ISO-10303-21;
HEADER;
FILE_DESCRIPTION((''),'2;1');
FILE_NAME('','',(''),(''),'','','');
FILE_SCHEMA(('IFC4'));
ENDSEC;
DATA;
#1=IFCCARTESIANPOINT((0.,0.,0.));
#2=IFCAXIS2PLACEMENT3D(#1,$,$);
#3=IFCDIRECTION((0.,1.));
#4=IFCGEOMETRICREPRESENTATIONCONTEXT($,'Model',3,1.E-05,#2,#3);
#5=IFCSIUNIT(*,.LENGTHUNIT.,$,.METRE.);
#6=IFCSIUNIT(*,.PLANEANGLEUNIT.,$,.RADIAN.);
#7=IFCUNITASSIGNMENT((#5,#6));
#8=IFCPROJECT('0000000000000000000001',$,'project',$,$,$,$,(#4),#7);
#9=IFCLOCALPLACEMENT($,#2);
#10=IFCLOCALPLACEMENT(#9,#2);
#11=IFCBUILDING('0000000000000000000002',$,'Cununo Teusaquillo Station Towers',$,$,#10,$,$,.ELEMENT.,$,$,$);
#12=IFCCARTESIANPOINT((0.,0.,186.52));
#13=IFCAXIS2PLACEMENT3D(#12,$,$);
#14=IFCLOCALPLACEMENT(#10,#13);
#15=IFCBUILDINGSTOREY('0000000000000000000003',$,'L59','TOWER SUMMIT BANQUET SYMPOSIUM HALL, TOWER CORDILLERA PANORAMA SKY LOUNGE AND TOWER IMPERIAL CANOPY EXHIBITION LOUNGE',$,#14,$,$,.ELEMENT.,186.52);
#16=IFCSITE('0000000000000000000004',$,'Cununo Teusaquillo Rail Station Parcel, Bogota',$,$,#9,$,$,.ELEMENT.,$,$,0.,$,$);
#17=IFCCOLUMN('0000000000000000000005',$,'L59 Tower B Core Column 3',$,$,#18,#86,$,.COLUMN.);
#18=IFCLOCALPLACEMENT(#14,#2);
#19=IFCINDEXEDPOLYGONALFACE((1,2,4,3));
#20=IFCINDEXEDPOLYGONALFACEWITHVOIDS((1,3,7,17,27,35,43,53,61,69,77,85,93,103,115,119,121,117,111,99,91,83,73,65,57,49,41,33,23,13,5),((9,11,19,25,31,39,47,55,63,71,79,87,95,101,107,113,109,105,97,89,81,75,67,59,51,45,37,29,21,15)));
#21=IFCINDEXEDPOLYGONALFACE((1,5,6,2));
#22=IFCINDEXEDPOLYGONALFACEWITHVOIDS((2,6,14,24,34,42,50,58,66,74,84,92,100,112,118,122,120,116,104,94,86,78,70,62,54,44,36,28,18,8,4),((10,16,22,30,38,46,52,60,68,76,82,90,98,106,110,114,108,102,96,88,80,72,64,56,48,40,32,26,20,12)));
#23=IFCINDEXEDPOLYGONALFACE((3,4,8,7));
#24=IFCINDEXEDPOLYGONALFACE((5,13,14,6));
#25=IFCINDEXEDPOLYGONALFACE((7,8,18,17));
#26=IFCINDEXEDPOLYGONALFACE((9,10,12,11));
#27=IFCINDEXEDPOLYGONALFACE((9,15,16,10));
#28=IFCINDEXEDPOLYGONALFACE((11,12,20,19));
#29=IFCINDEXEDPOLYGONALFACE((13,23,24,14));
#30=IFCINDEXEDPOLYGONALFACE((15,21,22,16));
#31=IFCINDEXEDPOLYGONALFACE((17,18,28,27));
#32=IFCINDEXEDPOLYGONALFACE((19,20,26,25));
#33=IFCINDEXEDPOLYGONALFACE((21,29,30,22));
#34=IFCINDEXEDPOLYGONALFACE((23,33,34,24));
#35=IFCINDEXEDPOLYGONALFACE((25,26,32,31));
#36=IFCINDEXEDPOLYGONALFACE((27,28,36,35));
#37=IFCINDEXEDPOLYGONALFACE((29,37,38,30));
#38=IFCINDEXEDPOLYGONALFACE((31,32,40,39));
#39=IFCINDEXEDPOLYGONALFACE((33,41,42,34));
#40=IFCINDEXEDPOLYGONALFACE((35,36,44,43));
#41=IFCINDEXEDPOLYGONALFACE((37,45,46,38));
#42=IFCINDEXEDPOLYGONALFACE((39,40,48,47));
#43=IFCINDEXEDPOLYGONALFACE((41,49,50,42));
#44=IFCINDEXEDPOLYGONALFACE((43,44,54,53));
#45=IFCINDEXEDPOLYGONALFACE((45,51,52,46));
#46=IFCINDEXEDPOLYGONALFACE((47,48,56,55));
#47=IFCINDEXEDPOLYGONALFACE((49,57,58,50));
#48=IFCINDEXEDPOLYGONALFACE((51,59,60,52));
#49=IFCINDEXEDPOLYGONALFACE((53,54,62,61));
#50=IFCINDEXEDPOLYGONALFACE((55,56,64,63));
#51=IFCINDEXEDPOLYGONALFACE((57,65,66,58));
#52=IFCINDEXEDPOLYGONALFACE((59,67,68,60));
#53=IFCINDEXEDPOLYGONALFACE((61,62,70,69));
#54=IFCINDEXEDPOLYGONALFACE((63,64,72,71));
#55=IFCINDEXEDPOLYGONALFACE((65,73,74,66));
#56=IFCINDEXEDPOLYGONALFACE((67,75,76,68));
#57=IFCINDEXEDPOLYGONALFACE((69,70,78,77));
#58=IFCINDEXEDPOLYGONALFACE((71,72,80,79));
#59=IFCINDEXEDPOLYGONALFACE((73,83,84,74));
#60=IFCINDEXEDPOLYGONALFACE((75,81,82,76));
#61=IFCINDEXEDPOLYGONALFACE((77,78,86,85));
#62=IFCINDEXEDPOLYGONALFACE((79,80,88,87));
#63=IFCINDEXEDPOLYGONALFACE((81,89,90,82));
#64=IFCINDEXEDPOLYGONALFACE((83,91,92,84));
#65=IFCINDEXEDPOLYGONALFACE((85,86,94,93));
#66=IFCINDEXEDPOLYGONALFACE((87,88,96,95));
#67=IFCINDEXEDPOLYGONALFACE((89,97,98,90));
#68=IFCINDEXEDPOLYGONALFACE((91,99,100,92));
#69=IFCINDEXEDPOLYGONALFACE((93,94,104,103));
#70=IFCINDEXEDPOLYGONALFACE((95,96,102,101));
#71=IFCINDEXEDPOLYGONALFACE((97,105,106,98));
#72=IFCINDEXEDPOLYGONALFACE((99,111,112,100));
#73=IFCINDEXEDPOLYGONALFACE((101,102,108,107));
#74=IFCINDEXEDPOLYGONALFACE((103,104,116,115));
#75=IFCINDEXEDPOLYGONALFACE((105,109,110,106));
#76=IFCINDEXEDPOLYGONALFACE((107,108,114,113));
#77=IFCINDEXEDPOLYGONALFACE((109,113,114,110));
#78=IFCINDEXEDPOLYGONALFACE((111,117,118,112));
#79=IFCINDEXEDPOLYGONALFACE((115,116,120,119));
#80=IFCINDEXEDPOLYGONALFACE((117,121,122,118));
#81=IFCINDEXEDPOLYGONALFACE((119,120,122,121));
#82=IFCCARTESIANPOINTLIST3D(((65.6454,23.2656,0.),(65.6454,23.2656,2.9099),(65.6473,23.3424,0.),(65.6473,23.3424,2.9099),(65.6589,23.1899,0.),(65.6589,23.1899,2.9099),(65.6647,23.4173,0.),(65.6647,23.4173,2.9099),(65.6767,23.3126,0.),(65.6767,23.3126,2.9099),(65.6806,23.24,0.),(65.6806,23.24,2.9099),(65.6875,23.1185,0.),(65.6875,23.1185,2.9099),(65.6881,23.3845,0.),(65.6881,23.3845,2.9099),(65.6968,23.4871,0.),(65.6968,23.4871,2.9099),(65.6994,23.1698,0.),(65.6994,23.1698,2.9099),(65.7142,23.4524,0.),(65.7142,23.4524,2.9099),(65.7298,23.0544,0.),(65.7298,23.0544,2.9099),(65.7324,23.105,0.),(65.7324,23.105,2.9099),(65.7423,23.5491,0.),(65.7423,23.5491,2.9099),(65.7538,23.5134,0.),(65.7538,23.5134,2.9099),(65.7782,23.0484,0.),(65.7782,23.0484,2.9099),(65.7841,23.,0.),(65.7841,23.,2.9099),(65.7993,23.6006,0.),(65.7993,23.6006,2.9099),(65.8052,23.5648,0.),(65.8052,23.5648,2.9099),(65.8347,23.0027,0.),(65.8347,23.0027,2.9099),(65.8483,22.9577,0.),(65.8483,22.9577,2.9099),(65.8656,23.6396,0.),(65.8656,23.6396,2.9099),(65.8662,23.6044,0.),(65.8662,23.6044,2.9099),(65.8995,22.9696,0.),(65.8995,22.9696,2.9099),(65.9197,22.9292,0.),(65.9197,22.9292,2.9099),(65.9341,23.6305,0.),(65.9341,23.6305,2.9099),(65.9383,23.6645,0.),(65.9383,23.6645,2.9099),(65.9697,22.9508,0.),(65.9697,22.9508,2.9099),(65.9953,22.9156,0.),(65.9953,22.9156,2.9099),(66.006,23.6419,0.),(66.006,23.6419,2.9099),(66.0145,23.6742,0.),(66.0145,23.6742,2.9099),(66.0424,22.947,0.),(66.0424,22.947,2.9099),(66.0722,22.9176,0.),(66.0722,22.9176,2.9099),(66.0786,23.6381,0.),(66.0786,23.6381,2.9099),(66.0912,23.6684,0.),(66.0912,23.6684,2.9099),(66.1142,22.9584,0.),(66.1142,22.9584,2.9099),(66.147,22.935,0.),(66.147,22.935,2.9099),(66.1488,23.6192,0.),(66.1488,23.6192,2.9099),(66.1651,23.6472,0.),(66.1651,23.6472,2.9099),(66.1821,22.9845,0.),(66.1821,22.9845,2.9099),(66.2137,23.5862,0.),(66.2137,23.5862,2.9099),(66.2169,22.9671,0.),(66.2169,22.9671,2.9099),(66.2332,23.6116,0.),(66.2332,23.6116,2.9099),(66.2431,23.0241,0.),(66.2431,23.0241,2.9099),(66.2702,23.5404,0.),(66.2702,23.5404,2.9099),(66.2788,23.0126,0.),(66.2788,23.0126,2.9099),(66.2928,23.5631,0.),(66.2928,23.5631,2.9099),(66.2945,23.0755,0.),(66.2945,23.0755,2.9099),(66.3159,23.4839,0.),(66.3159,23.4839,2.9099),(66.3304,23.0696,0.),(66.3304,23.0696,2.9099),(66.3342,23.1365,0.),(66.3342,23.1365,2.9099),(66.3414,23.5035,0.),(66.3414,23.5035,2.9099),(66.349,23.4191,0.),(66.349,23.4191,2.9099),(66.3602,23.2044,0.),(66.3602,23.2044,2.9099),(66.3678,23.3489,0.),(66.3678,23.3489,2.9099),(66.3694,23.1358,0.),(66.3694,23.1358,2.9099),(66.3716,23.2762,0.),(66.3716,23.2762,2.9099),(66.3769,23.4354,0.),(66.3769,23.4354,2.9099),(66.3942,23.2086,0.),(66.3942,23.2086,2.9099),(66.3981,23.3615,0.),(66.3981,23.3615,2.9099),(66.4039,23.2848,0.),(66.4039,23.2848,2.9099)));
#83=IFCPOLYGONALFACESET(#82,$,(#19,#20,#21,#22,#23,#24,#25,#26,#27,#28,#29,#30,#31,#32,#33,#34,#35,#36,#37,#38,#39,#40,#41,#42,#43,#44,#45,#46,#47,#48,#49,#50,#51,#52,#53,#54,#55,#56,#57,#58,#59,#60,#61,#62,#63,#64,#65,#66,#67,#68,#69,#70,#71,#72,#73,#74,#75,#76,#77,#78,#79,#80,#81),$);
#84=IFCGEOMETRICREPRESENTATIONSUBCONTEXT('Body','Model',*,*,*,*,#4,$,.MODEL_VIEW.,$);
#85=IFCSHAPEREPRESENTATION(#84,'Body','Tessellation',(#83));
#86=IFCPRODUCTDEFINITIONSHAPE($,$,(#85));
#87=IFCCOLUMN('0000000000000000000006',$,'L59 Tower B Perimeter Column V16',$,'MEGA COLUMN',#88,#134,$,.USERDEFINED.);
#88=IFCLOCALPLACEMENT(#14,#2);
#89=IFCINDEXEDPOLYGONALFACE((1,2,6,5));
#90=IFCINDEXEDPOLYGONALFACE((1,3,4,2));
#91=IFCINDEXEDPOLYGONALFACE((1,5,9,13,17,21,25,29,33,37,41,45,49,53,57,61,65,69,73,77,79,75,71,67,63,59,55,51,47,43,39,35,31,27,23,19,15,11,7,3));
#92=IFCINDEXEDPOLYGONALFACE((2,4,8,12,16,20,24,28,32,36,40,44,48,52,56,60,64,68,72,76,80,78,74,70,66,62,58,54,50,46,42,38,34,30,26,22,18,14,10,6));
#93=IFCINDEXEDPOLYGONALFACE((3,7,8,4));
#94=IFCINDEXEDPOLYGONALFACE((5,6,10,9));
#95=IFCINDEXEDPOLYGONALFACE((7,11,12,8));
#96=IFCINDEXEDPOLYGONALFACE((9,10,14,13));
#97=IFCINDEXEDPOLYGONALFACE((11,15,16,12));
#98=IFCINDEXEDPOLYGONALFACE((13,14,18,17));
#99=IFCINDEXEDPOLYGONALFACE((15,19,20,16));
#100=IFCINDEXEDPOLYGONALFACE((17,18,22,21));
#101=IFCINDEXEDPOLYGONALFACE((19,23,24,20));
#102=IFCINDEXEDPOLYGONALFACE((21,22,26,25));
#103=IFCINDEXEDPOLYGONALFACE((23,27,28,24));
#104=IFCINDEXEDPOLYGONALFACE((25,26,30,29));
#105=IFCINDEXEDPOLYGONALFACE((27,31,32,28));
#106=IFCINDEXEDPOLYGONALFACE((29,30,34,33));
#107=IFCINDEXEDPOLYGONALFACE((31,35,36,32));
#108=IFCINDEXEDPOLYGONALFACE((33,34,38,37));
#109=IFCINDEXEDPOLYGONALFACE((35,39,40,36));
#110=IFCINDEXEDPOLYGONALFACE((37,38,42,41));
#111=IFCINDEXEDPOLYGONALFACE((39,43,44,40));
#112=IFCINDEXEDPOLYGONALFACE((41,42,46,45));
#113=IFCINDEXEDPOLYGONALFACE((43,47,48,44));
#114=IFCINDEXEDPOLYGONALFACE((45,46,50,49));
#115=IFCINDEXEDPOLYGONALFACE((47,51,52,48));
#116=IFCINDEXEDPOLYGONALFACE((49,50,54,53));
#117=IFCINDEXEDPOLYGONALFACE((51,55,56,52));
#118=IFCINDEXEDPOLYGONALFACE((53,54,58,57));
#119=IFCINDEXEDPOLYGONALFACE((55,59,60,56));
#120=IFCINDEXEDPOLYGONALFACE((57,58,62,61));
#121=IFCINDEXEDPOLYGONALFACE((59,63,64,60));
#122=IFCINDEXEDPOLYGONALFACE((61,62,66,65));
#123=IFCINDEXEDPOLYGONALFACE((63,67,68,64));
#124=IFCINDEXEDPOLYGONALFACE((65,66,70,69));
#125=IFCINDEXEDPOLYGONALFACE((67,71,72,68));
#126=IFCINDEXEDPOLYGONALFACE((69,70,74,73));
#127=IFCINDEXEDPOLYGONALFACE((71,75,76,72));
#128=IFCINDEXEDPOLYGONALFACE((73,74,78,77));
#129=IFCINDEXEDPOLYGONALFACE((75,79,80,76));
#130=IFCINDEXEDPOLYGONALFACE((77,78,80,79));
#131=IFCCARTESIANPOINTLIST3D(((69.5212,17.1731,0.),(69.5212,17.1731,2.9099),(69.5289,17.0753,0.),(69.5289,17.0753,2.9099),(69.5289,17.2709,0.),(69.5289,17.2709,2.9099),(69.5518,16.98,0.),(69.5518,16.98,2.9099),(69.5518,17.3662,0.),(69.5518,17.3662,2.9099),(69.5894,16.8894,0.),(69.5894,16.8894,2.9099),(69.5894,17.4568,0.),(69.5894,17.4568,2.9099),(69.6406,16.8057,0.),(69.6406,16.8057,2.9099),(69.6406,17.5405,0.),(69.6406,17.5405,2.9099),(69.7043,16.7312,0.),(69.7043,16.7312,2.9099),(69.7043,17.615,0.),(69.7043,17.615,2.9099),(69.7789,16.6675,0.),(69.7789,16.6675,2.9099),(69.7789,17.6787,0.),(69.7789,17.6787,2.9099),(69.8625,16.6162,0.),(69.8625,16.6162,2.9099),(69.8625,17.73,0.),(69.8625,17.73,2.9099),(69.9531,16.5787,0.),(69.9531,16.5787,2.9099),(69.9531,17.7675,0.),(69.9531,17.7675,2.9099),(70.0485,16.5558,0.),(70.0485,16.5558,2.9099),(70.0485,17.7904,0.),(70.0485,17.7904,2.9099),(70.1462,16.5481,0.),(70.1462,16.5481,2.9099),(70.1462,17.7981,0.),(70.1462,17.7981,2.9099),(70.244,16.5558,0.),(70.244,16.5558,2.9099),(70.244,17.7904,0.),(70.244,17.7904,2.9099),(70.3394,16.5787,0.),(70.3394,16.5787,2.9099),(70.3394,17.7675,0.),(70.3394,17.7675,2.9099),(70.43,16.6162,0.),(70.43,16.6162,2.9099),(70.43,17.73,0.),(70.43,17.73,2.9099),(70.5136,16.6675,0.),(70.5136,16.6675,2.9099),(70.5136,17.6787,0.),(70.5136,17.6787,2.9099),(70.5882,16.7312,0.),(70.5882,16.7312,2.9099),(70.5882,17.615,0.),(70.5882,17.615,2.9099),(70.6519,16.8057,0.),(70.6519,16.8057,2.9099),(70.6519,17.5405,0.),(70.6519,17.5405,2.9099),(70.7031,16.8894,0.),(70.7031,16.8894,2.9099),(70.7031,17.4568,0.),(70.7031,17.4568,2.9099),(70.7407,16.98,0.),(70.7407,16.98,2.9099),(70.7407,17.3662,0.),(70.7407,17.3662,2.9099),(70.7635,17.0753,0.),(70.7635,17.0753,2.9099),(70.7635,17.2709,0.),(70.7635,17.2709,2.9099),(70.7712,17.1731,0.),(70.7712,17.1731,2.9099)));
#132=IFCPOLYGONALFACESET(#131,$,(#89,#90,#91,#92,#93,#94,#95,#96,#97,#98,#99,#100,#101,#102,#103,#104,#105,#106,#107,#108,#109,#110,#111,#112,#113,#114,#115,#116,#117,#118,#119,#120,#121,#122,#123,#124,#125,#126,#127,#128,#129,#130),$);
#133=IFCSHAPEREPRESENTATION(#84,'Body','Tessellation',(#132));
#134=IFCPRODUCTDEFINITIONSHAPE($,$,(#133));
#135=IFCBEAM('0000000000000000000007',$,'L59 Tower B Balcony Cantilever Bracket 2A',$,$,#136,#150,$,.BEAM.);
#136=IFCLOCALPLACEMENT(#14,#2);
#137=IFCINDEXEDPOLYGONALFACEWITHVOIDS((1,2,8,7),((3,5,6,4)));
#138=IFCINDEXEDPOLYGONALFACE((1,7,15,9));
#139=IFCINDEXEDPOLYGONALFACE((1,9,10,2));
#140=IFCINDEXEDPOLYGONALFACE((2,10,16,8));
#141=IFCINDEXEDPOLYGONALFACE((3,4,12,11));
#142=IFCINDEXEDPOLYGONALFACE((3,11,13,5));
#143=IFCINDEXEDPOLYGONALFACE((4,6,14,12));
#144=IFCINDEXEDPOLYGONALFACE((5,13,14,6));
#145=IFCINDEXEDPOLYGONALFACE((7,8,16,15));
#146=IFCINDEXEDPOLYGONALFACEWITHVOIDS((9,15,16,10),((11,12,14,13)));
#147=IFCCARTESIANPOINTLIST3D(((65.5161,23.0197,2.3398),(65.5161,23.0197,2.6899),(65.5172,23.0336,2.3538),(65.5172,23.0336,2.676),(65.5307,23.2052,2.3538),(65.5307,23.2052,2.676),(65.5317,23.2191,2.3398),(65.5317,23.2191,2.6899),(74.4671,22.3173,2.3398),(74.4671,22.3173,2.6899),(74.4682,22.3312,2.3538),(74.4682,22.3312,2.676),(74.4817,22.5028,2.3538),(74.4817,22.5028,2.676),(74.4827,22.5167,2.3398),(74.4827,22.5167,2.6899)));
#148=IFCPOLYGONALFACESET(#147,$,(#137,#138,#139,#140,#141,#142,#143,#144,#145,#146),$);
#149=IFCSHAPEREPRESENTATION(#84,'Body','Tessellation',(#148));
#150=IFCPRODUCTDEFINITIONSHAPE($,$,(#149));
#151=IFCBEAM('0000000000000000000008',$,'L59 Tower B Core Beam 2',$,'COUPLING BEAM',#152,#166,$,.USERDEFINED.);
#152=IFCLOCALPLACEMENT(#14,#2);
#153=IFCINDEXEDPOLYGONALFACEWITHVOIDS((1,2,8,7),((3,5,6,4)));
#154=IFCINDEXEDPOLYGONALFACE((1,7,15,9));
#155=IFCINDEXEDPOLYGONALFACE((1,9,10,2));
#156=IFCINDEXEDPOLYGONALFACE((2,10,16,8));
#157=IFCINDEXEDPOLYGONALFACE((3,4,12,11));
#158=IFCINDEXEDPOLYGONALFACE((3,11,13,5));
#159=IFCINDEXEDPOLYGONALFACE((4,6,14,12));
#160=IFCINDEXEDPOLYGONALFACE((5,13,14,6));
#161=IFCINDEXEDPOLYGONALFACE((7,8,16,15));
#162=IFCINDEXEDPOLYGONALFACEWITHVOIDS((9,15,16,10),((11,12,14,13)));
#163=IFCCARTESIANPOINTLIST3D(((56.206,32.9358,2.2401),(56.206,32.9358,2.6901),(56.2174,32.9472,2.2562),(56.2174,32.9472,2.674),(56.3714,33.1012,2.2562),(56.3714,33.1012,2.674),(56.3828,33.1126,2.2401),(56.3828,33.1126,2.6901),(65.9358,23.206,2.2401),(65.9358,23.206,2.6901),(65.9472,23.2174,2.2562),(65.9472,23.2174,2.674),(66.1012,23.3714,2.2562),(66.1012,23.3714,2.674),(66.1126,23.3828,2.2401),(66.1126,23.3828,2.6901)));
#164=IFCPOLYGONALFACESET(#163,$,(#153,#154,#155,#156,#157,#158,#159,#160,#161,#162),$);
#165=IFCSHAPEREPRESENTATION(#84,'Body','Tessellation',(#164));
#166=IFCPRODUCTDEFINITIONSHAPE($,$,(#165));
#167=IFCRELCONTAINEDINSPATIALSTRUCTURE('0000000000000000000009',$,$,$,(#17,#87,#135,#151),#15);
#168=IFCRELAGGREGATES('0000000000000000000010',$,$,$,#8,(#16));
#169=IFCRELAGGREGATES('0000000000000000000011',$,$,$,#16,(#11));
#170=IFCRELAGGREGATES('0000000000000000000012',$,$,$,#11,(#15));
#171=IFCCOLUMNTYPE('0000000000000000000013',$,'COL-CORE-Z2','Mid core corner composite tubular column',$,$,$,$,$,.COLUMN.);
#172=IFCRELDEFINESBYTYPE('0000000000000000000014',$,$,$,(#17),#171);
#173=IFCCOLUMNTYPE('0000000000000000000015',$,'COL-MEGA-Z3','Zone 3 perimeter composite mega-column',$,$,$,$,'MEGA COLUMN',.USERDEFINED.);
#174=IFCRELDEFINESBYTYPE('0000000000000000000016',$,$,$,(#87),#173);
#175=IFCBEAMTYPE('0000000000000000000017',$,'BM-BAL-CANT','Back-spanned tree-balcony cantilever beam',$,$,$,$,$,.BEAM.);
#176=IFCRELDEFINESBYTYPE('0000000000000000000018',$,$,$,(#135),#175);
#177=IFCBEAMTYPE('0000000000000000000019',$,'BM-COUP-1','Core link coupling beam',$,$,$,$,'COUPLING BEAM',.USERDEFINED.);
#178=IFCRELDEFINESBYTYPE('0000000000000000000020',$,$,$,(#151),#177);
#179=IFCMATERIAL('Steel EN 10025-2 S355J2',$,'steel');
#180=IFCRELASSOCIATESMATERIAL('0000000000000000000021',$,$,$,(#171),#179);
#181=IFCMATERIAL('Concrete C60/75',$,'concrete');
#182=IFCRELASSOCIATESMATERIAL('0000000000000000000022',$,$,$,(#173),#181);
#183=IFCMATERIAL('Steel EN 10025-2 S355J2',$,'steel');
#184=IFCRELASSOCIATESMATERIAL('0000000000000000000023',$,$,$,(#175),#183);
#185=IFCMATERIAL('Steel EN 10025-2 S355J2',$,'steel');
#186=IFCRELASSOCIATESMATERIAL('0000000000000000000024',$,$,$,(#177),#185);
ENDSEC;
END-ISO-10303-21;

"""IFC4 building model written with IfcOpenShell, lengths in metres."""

from ifc_helpers import new_model, si_unit, direction, frame, origin, origin_2d, place, context, subcontext, project, spatial, hollow_rectangle, circle, hollow_circle, extrude, material, material_profile, profile_set, type_object, element, save


model = new_model("IFC4")

# Units and contexts
model_context = context("Model", 3, precision=1e-05, world=origin(), true_north=direction((0.0, 1.0)))
body_context = subcontext(model_context, "Body", "Model", "MODEL_VIEW")
ifc_project = project(units=[si_unit("LENGTHUNIT", "METRE"), si_unit("PLANEANGLEUNIT", "RADIAN")], contexts=[model_context])

# Site, building, storey
site_placement = place(None, origin())
site = spatial("IfcSite", under=ifc_project, at=site_placement, Name="Cununo Teusaquillo Rail Station Parcel, Bogota", CompositionType="ELEMENT", RefElevation=0.0)
building_placement = place(site_placement, origin())
building = spatial("IfcBuilding", under=site, at=building_placement, Name="Cununo Teusaquillo Station Towers", CompositionType="ELEMENT")
storey_placement = place(building_placement, frame((0.0, 0.0, 186.52)))
storey = spatial("IfcBuildingStorey", under=building, at=storey_placement, Name="L59", Description="TOWER SUMMIT BANQUET SYMPOSIUM HALL, TOWER CORDILLERA PANORAMA SKY LOUNGE AND TOWER IMPERIAL CANOPY EXHIBITION LOUNGE", CompositionType="ELEMENT", Elevation=186.52)

# Columns
ifc_material_1 = material(Name="Steel EN 10025-2 S355J2", Category="steel")
ifc_material_profile_1 = material_profile(ifc_material_1, hollow_circle(Radius=0.3799, WallThickness=0.032, at=origin_2d()), Name="CHS 760x32")
ifc_profile_set_1 = profile_set([ifc_material_profile_1], Name="Steel EN 10025-2 S355J2")
column_type_1 = type_object("IfcColumnType", Name="COL-CORE-Z2", Description="Mid core corner composite tubular column", PredefinedType="COLUMN", material=ifc_profile_set_1)
column_1_placement = place(storey_placement, frame((66.0242, 23.2944, 0.0), z_axis=(0.0, 0.0, 1.0), x_axis=(0.707107, 0.707107, 0.0)))
element("IfcColumn", 1, at=column_1_placement, inside=storey, type_object=column_type_1, Name="L59 Tower B Core Column 3", PredefinedType="COLUMN", context=body_context, shape_type="SweptSolid", body=[
    extrude(hollow_circle(Radius=0.3799, WallThickness=0.032, at=origin_2d()), origin(), (0.0, 0.0, 1.0), 2.9099),
])
ifc_material_2 = material(Name="Concrete C60/75", Category="concrete")
ifc_material_profile_2 = material_profile(ifc_material_2, circle(Radius=0.625, at=origin_2d()), Name="RC-CIRC-1250")
ifc_profile_set_2 = profile_set([ifc_material_profile_2], Name="Concrete C60/75")
column_type_2 = type_object("IfcColumnType", Name="COL-MEGA-Z3", Description="Zone 3 perimeter composite mega-column", ElementType="MEGA COLUMN", PredefinedType="USERDEFINED", material=ifc_profile_set_2)
column_2_placement = place(storey_placement, frame((70.1462, 17.1731, 0.0), z_axis=(0.0, 0.0, 1.0), x_axis=(1.0, 0.0, 0.0)))
element("IfcColumn", 2, at=column_2_placement, inside=storey, type_object=column_type_2, Name="L59 Tower B Perimeter Column V16", ObjectType="MEGA COLUMN", PredefinedType="USERDEFINED", context=body_context, shape_type="SweptSolid", body=[
    extrude(circle(Radius=0.625, at=origin_2d()), origin(), (0.0, 0.0, 1.0), 2.9099),
])

# Beams
ifc_material_3 = material(Name="Steel EN 10025-2 S355J2", Category="steel")
ifc_material_profile_3 = material_profile(ifc_material_3, hollow_rectangle(XDim=0.2, YDim=0.3501, WallThickness=0.0139, at=origin_2d()), Name="RHS 350x200x14")
ifc_profile_set_3 = profile_set([ifc_material_profile_3], Name="Steel EN 10025-2 S355J2")
beam_type_1 = type_object("IfcBeamType", Name="BM-BAL-CANT", Description="Back-spanned tree-balcony cantilever beam", PredefinedType="BEAM", material=ifc_profile_set_3)
beam_1_placement = place(storey_placement, frame((65.5239, 23.1194, 2.5149), z_axis=(0.996935, -0.078231, 0.0), x_axis=(0.078231, 0.996935, 0.0)))
element("IfcBeam", 3, at=beam_1_placement, inside=storey, type_object=beam_type_1, Name="L59 Tower B Balcony Cantilever Bracket 2A", PredefinedType="BEAM", context=body_context, shape_type="SweptSolid", body=[
    extrude(hollow_rectangle(XDim=0.2, YDim=0.3501, WallThickness=0.0139, at=origin_2d()), origin(), (0.0, 0.0, 1.0), 8.9785),
])
ifc_material_4 = material(Name="Steel EN 10025-2 S355J2", Category="steel")
ifc_material_profile_4 = material_profile(ifc_material_4, hollow_rectangle(XDim=0.25, YDim=0.45, WallThickness=0.0161, at=origin_2d()), Name="RHS 450x250x16")
ifc_profile_set_4 = profile_set([ifc_material_profile_4], Name="Steel EN 10025-2 S355J2")
beam_type_2 = type_object("IfcBeamType", Name="BM-COUP-1", Description="Core link coupling beam", ElementType="COUPLING BEAM", PredefinedType="USERDEFINED", material=ifc_profile_set_4)
beam_2_placement = place(storey_placement, frame((66.0242, 23.2944, 2.4651), z_axis=(-0.707107, 0.707107, 0.0), x_axis=(-0.707107, -0.707107, 0.0)))
element("IfcBeam", 4, at=beam_2_placement, inside=storey, type_object=beam_type_2, Name="L59 Tower B Core Beam 2", ObjectType="COUPLING BEAM", PredefinedType="USERDEFINED", context=body_context, shape_type="SweptSolid", body=[
    extrude(hollow_rectangle(XDim=0.25, YDim=0.45, WallThickness=0.0161, at=origin_2d()), origin(), (0.0, 0.0, 1.0), 13.76),
])

save(model, "model.ifc")
